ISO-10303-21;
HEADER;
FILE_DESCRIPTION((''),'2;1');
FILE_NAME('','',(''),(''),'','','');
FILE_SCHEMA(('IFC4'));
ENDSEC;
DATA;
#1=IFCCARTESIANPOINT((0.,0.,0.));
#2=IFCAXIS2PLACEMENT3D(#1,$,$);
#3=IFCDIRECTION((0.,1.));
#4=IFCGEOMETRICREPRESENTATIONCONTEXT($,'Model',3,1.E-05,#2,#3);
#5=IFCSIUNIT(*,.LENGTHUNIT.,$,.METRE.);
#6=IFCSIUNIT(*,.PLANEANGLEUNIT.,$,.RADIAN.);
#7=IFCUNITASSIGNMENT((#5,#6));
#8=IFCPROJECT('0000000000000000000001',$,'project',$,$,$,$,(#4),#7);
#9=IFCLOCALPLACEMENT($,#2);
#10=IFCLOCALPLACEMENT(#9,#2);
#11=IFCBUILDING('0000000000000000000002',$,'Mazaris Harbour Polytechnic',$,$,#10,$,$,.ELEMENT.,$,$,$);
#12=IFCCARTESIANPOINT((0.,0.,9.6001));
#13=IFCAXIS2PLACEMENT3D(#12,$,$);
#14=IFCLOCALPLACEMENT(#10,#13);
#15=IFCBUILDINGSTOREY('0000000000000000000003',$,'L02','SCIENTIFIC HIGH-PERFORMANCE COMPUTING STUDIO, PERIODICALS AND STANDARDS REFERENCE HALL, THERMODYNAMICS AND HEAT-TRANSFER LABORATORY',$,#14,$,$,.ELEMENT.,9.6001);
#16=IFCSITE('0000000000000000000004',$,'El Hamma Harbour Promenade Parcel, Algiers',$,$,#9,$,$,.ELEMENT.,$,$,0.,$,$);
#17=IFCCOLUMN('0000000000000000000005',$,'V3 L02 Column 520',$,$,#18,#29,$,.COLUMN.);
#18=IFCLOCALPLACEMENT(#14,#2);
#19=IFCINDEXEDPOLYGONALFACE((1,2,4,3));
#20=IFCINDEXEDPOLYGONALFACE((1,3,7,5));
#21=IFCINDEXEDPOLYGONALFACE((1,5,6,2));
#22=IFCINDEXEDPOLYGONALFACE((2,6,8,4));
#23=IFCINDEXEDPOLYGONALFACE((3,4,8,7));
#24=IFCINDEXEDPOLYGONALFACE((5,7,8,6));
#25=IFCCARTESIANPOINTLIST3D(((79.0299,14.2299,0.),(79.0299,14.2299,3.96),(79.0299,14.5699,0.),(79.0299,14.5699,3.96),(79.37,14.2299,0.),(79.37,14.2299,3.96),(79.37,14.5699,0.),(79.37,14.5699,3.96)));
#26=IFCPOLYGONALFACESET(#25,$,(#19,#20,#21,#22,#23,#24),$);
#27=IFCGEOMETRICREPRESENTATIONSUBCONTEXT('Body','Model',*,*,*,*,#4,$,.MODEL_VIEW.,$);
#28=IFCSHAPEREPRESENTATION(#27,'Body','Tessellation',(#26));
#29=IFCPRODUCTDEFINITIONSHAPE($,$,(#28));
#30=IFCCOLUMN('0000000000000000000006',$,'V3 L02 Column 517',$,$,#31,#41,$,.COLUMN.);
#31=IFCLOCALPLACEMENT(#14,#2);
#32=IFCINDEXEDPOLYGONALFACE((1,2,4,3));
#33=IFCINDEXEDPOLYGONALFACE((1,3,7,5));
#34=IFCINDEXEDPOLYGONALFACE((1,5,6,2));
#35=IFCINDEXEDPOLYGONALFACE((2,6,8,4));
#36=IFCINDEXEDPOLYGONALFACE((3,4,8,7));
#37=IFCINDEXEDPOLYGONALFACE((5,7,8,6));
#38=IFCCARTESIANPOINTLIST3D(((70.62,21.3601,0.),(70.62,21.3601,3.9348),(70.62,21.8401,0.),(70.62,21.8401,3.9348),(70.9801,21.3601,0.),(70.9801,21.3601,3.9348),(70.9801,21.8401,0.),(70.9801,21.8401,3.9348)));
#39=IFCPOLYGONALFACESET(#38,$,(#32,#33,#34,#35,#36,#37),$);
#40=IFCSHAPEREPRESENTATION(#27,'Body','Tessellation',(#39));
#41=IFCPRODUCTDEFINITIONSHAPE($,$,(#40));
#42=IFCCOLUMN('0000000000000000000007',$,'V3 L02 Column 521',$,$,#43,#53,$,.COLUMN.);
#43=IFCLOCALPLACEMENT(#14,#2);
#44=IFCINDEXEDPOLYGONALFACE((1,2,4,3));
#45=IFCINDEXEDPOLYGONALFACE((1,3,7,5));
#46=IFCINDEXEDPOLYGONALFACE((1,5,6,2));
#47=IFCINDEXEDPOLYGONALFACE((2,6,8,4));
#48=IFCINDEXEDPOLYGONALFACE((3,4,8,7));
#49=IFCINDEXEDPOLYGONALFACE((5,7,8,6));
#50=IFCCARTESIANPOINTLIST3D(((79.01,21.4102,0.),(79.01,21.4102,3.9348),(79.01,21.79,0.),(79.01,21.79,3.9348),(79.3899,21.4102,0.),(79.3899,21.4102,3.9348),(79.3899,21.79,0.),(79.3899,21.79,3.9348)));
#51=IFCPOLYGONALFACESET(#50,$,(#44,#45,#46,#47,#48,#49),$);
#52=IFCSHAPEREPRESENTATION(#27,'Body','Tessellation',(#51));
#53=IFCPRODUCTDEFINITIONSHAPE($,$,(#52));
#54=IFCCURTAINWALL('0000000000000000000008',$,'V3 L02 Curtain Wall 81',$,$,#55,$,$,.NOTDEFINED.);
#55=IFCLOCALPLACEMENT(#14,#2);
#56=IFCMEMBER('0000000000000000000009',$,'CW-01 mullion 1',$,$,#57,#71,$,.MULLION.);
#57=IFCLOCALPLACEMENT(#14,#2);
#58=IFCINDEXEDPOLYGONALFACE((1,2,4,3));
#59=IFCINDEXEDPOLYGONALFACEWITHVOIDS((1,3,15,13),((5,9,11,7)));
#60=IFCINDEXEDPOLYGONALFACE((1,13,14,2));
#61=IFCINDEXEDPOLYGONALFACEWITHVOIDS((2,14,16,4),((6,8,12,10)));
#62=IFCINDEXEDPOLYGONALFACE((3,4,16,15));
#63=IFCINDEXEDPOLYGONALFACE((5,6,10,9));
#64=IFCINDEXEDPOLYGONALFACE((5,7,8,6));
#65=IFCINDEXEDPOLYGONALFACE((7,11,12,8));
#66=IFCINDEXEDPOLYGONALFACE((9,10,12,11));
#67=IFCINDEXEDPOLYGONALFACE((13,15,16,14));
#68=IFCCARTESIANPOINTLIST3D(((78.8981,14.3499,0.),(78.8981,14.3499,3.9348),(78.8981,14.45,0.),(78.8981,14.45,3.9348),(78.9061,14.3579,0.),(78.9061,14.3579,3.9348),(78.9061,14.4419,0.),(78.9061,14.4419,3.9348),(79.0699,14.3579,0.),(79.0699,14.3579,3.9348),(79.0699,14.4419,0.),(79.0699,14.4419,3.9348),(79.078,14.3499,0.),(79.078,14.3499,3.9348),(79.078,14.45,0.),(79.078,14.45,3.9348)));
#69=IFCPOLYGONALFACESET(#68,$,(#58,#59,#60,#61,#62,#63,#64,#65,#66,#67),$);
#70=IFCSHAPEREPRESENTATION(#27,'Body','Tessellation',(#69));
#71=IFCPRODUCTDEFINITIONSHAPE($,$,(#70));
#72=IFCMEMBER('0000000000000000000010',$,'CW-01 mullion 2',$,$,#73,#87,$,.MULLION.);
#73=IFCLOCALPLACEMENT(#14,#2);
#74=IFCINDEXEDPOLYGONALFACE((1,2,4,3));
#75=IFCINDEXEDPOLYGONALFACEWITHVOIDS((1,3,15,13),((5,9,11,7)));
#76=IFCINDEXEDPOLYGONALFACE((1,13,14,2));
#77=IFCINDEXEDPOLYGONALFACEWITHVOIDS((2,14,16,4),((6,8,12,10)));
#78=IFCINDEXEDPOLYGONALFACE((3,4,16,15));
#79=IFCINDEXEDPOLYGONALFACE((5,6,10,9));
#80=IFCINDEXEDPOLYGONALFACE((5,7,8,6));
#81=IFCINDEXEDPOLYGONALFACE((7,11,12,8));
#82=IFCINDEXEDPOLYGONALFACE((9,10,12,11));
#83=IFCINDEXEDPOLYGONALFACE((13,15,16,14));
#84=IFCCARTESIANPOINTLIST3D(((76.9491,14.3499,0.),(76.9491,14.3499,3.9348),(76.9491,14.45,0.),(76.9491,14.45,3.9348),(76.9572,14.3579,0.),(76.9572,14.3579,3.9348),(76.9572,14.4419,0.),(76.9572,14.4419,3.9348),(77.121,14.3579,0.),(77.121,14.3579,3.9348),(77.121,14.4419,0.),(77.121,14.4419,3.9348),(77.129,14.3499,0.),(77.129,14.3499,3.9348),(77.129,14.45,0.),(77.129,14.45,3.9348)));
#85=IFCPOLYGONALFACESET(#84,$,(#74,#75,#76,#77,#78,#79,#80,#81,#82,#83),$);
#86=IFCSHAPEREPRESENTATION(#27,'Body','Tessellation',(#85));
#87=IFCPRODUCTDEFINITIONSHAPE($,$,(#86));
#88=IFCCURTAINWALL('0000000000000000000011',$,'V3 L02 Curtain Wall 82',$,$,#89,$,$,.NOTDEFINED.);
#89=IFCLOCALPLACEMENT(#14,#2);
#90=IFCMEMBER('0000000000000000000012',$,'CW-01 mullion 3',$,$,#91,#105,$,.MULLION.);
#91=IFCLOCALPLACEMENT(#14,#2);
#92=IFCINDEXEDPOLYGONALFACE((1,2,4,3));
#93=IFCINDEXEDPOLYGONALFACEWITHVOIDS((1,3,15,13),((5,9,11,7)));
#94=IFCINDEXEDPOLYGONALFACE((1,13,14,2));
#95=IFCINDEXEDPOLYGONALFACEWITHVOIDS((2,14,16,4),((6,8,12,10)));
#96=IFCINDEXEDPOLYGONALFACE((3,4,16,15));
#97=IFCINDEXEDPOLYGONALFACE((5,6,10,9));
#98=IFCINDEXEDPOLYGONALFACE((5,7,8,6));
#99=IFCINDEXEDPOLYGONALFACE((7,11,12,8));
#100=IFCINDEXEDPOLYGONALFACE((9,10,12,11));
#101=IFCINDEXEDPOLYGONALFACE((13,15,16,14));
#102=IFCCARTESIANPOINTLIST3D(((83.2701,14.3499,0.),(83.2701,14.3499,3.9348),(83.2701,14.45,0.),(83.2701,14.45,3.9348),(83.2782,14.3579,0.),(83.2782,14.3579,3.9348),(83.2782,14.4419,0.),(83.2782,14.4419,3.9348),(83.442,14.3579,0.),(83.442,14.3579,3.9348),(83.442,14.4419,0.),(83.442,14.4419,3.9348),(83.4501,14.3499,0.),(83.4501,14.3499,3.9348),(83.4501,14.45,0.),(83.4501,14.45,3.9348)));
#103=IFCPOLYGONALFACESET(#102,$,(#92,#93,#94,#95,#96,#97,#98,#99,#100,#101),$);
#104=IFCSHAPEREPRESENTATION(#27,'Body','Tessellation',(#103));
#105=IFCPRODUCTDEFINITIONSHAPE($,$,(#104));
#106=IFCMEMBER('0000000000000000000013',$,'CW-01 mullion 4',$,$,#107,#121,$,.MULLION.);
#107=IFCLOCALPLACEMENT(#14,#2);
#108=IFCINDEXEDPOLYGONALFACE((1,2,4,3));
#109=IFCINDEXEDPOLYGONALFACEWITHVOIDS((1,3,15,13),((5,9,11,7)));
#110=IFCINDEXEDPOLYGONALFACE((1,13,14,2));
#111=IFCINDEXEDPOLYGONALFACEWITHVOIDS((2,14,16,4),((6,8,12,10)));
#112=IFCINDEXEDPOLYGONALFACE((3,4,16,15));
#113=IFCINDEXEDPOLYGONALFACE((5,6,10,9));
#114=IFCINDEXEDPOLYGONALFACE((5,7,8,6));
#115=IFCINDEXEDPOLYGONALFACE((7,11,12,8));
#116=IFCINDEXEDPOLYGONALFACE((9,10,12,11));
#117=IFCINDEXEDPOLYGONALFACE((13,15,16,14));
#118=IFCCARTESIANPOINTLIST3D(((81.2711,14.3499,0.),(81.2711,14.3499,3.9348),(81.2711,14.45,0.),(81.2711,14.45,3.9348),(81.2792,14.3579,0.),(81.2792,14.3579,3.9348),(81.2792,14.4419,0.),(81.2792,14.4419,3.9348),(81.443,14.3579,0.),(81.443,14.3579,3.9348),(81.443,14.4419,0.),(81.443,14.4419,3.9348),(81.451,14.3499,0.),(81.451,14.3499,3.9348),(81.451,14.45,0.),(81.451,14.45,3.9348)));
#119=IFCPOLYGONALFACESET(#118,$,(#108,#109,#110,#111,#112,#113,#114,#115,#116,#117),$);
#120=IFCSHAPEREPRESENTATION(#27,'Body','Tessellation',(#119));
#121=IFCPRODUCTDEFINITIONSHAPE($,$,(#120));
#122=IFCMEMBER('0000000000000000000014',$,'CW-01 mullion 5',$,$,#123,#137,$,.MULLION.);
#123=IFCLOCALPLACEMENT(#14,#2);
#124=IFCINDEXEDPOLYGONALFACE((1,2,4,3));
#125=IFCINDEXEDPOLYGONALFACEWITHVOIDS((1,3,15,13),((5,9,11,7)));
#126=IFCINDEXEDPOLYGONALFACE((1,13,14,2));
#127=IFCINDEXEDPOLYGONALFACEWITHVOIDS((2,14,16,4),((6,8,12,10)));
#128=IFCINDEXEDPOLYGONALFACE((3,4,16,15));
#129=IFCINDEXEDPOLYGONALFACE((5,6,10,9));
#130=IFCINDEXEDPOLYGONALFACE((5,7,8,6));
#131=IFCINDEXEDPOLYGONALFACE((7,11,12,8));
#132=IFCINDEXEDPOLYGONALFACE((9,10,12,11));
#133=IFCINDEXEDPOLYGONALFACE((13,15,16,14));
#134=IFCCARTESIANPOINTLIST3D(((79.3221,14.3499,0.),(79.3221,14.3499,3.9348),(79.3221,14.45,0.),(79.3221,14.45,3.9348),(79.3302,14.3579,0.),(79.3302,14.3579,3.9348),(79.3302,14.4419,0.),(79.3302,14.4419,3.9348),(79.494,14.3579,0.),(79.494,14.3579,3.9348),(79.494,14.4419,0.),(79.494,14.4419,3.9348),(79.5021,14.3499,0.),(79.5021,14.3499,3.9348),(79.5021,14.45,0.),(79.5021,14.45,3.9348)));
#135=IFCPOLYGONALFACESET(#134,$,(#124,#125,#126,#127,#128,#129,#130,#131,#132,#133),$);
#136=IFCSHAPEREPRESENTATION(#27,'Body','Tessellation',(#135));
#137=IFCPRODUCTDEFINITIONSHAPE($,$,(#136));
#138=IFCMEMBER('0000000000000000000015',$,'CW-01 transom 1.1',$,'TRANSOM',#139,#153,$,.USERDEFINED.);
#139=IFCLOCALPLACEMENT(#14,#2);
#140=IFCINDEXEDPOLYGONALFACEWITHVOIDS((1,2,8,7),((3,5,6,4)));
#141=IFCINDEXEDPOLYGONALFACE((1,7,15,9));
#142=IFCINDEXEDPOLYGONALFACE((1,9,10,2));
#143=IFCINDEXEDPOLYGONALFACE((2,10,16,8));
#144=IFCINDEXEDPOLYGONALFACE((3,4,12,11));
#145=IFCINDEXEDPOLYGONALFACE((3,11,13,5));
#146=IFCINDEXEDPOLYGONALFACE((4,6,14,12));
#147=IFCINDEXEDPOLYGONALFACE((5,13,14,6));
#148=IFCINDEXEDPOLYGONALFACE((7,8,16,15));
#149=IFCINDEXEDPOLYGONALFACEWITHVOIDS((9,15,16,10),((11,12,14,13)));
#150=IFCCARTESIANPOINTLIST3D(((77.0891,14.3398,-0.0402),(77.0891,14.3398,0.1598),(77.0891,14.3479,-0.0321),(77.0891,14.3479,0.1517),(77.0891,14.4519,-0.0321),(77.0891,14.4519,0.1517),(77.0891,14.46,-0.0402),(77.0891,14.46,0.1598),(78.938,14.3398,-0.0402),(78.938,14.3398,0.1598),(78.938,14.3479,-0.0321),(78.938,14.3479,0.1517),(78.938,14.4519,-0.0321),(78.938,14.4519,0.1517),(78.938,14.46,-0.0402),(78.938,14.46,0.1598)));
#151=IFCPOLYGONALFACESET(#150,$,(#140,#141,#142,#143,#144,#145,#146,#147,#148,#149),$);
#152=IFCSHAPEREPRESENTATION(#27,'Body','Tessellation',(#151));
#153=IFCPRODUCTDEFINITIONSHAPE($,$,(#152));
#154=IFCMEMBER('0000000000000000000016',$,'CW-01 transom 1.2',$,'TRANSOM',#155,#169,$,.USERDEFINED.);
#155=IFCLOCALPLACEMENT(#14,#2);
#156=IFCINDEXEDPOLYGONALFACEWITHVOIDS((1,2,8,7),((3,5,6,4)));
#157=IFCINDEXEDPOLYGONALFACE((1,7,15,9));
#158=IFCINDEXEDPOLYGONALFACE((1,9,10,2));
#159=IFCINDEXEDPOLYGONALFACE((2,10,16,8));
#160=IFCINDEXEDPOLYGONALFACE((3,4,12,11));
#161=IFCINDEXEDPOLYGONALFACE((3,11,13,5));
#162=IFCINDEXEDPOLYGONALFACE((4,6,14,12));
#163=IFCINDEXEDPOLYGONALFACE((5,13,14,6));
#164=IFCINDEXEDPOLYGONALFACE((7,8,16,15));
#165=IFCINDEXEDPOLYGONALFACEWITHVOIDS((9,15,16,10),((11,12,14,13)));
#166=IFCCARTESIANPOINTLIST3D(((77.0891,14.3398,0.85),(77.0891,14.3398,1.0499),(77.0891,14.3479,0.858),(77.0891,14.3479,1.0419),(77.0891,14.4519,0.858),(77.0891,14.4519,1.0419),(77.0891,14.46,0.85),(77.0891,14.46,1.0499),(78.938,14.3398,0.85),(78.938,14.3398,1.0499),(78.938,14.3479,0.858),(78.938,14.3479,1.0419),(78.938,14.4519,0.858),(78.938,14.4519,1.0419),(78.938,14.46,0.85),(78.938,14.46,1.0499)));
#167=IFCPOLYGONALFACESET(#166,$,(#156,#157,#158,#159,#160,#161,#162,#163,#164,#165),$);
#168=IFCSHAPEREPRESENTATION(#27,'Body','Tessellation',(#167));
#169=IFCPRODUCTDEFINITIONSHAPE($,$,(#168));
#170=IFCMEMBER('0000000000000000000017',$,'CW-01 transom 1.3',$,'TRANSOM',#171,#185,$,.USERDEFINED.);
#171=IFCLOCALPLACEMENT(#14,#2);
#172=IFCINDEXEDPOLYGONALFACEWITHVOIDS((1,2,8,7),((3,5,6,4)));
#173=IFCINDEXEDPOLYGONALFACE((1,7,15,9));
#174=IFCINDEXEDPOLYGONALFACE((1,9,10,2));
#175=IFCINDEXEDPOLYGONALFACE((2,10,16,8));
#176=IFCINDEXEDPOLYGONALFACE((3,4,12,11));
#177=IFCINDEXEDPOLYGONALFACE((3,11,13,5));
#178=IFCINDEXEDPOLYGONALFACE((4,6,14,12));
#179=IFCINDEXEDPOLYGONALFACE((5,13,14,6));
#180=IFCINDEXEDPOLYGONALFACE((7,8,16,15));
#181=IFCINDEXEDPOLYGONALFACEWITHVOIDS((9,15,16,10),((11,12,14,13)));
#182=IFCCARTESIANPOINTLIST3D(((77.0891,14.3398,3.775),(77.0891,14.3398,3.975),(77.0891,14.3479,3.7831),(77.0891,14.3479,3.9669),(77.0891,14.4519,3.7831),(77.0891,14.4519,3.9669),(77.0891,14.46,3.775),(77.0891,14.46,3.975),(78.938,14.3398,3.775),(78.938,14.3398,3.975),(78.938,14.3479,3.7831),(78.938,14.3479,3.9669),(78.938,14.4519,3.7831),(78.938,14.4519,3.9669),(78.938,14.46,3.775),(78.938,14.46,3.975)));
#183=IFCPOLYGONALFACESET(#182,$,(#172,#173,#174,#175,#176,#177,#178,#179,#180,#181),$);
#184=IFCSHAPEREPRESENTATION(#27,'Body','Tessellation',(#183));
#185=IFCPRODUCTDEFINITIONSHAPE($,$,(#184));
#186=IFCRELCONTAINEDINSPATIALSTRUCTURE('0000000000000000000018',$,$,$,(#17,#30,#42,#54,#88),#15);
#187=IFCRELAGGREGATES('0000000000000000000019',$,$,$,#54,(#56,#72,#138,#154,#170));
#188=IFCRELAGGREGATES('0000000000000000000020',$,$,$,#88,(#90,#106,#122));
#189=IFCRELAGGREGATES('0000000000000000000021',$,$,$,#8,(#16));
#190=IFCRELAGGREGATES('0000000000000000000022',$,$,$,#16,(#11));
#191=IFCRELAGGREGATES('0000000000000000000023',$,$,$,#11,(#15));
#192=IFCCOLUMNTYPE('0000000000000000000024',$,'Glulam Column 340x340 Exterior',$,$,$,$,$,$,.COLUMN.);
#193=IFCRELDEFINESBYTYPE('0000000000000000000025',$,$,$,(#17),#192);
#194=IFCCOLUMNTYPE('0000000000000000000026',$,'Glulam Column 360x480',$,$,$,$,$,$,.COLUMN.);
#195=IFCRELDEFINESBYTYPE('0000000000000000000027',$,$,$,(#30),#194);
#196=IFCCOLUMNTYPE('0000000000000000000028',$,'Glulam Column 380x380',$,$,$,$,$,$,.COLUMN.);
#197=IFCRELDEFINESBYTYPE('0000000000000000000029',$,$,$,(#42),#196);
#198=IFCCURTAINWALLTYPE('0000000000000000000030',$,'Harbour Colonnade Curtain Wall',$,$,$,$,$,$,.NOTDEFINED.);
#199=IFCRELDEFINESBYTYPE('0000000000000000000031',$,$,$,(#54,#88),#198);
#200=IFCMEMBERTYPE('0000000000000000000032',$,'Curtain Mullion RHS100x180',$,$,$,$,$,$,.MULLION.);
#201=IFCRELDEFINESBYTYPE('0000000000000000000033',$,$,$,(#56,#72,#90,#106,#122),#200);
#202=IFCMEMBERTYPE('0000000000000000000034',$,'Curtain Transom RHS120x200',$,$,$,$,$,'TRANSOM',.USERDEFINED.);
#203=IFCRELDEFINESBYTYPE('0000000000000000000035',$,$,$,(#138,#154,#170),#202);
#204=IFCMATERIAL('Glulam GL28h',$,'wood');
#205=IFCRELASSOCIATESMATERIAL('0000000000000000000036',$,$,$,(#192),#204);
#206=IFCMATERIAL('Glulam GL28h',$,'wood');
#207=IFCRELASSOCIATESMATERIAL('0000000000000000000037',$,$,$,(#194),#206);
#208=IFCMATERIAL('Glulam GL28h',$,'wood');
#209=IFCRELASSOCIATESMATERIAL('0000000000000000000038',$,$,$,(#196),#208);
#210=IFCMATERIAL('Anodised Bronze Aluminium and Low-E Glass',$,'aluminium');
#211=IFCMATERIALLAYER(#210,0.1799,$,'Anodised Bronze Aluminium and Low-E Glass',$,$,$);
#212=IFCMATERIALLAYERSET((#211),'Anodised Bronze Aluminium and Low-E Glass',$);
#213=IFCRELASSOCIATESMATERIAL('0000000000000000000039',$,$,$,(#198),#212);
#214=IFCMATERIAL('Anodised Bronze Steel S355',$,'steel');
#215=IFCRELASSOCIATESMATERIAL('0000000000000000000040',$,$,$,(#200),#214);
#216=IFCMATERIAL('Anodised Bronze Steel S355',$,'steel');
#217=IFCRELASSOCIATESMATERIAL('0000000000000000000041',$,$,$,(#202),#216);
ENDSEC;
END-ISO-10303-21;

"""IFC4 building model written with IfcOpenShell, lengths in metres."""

from ifc_helpers import new_model, si_unit, direction, frame, origin, origin_2d, place, context, subcontext, project, spatial, rectangle, hollow_rectangle, extrude, material, layer, layer_set, material_profile, profile_set, type_object, element, aggregate, save


model = new_model("IFC4")

# Units and contexts
model_context = context("Model", 3, precision=1e-05, world=origin(), true_north=direction((0.0, 1.0)))
body_context = subcontext(model_context, "Body", "Model", "MODEL_VIEW")
ifc_project = project(units=[si_unit("LENGTHUNIT", "METRE"), si_unit("PLANEANGLEUNIT", "RADIAN")], contexts=[model_context])

# Site, building, storey
site_placement = place(None, origin())
site = spatial("IfcSite", under=ifc_project, at=site_placement, Name="El Hamma Harbour Promenade Parcel, Algiers", CompositionType="ELEMENT", RefElevation=0.0)
building_placement = place(site_placement, origin())
building = spatial("IfcBuilding", under=site, at=building_placement, Name="Mazaris Harbour Polytechnic", CompositionType="ELEMENT")
storey_placement = place(building_placement, frame((0.0, 0.0, 9.6001)))
storey = spatial("IfcBuildingStorey", under=building, at=storey_placement, Name="L02", Description="SCIENTIFIC HIGH-PERFORMANCE COMPUTING STUDIO, PERIODICALS AND STANDARDS REFERENCE HALL, THERMODYNAMICS AND HEAT-TRANSFER LABORATORY", CompositionType="ELEMENT", Elevation=9.6001)

# Columns
ifc_material_1 = material(Name="Glulam GL28h", Category="wood")
ifc_material_profile_1 = material_profile(ifc_material_1, rectangle(XDim=0.3401, YDim=0.3401, at=origin_2d()), Name="RECT340x340")
ifc_profile_set_1 = profile_set([ifc_material_profile_1], Name="Glulam GL28h")
column_type_1 = type_object("IfcColumnType", Name="Glulam Column 340x340 Exterior", PredefinedType="COLUMN", material=ifc_profile_set_1)
column_1_placement = place(storey_placement, frame((79.2, 14.3999, 0.0), z_axis=(0.0, 0.0, 1.0), x_axis=(1.0, 0.0, 0.0)))
element("IfcColumn", 1, at=column_1_placement, inside=storey, type_object=column_type_1, Name="V3 L02 Column 520", PredefinedType="COLUMN", context=body_context, shape_type="SweptSolid", body=[
    extrude(rectangle(XDim=0.3401, YDim=0.3401, at=origin_2d()), origin(), (0.0, 0.0, 1.0), 3.96),
])
ifc_material_2 = material(Name="Glulam GL28h", Category="wood")
ifc_material_profile_2 = material_profile(ifc_material_2, rectangle(XDim=0.3601, YDim=0.48, at=origin_2d()), Name="RECT360x480")
ifc_profile_set_2 = profile_set([ifc_material_profile_2], Name="Glulam GL28h")
column_type_2 = type_object("IfcColumnType", Name="Glulam Column 360x480", PredefinedType="COLUMN", material=ifc_profile_set_2)
column_2_placement = place(storey_placement, frame((70.8, 21.6001, 0.0), z_axis=(0.0, 0.0, 1.0), x_axis=(1.0, 0.0, 0.0)))
element("IfcColumn", 2, at=column_2_placement, inside=storey, type_object=column_type_2, Name="V3 L02 Column 517", PredefinedType="COLUMN", context=body_context, shape_type="SweptSolid", body=[
    extrude(rectangle(XDim=0.3601, YDim=0.48, at=origin_2d()), origin(), (0.0, 0.0, 1.0), 3.9348),
])
ifc_material_3 = material(Name="Glulam GL28h", Category="wood")
ifc_material_profile_3 = material_profile(ifc_material_3, rectangle(XDim=0.3799, YDim=0.3799, at=origin_2d()), Name="RECT380x380")
ifc_profile_set_3 = profile_set([ifc_material_profile_3], Name="Glulam GL28h")
column_type_3 = type_object("IfcColumnType", Name="Glulam Column 380x380", PredefinedType="COLUMN", material=ifc_profile_set_3)
column_3_placement = place(storey_placement, frame((79.2, 21.6001, 0.0), z_axis=(0.0, 0.0, 1.0), x_axis=(1.0, 0.0, 0.0)))
element("IfcColumn", 3, at=column_3_placement, inside=storey, type_object=column_type_3, Name="V3 L02 Column 521", PredefinedType="COLUMN", context=body_context, shape_type="SweptSolid", body=[
    extrude(rectangle(XDim=0.3799, YDim=0.3799, at=origin_2d()), origin(), (0.0, 0.0, 1.0), 3.9348),
])

# Curtain walls, members
ifc_material_4 = material(Name="Anodised Bronze Aluminium and Low-E Glass", Category="aluminium")
ifc_layer_1 = layer(ifc_material_4, 0.1799, Name="Anodised Bronze Aluminium and Low-E Glass")
ifc_layer_set_1 = layer_set([ifc_layer_1], Name="Anodised Bronze Aluminium and Low-E Glass")
curtain_wall_type = type_object("IfcCurtainWallType", Name="Harbour Colonnade Curtain Wall", PredefinedType="NOTDEFINED", material=ifc_layer_set_1)
curtain_wall_1_placement = place(storey_placement, origin())
curtain_wall_1 = element("IfcCurtainWall", 4, at=curtain_wall_1_placement, inside=storey, type_object=curtain_wall_type, Name="V3 L02 Curtain Wall 81", PredefinedType="NOTDEFINED")
ifc_material_5 = material(Name="Anodised Bronze Steel S355", Category="steel")
ifc_material_profile_4 = material_profile(ifc_material_5, hollow_rectangle(XDim=0.1001, YDim=0.1799, WallThickness=0.0081, at=origin_2d()), Name="RHS 100x180x8.0")
ifc_profile_set_4 = profile_set([ifc_material_profile_4], Name="Anodised Bronze Steel S355")
member_type_1 = type_object("IfcMemberType", Name="Curtain Mullion RHS100x180", PredefinedType="MULLION", material=ifc_profile_set_4)
member_1_placement = place(storey_placement, frame((78.988, 14.3999, 0.0), z_axis=(0.0, 0.0, 1.0), x_axis=(0.0, -1.0, 0.0)))
member_1 = element("IfcMember", 5, at=member_1_placement, type_object=member_type_1, Name="CW-01 mullion 1", PredefinedType="MULLION", context=body_context, shape_type="SweptSolid", body=[
    extrude(hollow_rectangle(XDim=0.1001, YDim=0.1799, WallThickness=0.0081, at=origin_2d()), origin(), (0.0, 0.0, 1.0), 3.9348),
])
member_2_placement = place(storey_placement, frame((77.0391, 14.3999, 0.0), z_axis=(0.0, 0.0, 1.0), x_axis=(0.0, -1.0, 0.0)))
member_2 = element("IfcMember", 6, at=member_2_placement, type_object=member_type_1, Name="CW-01 mullion 2", PredefinedType="MULLION", context=body_context, shape_type="SweptSolid", body=[
    extrude(hollow_rectangle(XDim=0.1001, YDim=0.1799, WallThickness=0.0081, at=origin_2d()), origin(), (0.0, 0.0, 1.0), 3.9348),
])
curtain_wall_2_placement = place(storey_placement, origin())
curtain_wall_2 = element("IfcCurtainWall", 7, at=curtain_wall_2_placement, inside=storey, type_object=curtain_wall_type, Name="V3 L02 Curtain Wall 82", PredefinedType="NOTDEFINED")
member_3_placement = place(storey_placement, frame((83.3601, 14.3999, 0.0), z_axis=(0.0, 0.0, 1.0), x_axis=(0.0, -1.0, 0.0)))
member_3 = element("IfcMember", 8, at=member_3_placement, type_object=member_type_1, Name="CW-01 mullion 3", PredefinedType="MULLION", context=body_context, shape_type="SweptSolid", body=[
    extrude(hollow_rectangle(XDim=0.1001, YDim=0.1799, WallThickness=0.0081, at=origin_2d()), origin(), (0.0, 0.0, 1.0), 3.9348),
])
member_4_placement = place(storey_placement, frame((81.3611, 14.3999, 0.0), z_axis=(0.0, 0.0, 1.0), x_axis=(0.0, -1.0, 0.0)))
member_4 = element("IfcMember", 9, at=member_4_placement, type_object=member_type_1, Name="CW-01 mullion 4", PredefinedType="MULLION", context=body_context, shape_type="SweptSolid", body=[
    extrude(hollow_rectangle(XDim=0.1001, YDim=0.1799, WallThickness=0.0081, at=origin_2d()), origin(), (0.0, 0.0, 1.0), 3.9348),
])
member_5_placement = place(storey_placement, frame((79.4121, 14.3999, 0.0), z_axis=(0.0, 0.0, 1.0), x_axis=(0.0, -1.0, 0.0)))
member_5 = element("IfcMember", 10, at=member_5_placement, type_object=member_type_1, Name="CW-01 mullion 5", PredefinedType="MULLION", context=body_context, shape_type="SweptSolid", body=[
    extrude(hollow_rectangle(XDim=0.1001, YDim=0.1799, WallThickness=0.0081, at=origin_2d()), origin(), (0.0, 0.0, 1.0), 3.9348),
])

# Members
ifc_material_6 = material(Name="Anodised Bronze Steel S355", Category="steel")
ifc_material_profile_5 = material_profile(ifc_material_6, hollow_rectangle(XDim=0.1201, YDim=0.2, WallThickness=0.0081, at=origin_2d()), Name="RHS 120x200x8.0")
ifc_profile_set_5 = profile_set([ifc_material_profile_5], Name="Anodised Bronze Steel S355")
member_type_2 = type_object("IfcMemberType", Name="Curtain Transom RHS120x200", ElementType="TRANSOM", PredefinedType="USERDEFINED", material=ifc_profile_set_5)
member_6_placement = place(storey_placement, frame((78.938, 14.3999, 0.0598), z_axis=(-1.0, 0.0, 0.0), x_axis=(0.0, -1.0, 0.0)))
member_6 = element("IfcMember", 11, at=member_6_placement, type_object=member_type_2, Name="CW-01 transom 1.1", ObjectType="TRANSOM", PredefinedType="USERDEFINED", context=body_context, shape_type="SweptSolid", body=[
    extrude(hollow_rectangle(XDim=0.1201, YDim=0.2, WallThickness=0.0081, at=origin_2d()), origin(), (0.0, 0.0, 1.0), 1.8489),
])
member_7_placement = place(storey_placement, frame((78.938, 14.3999, 0.95), z_axis=(-1.0, 0.0, 0.0), x_axis=(0.0, -1.0, 0.0)))
member_7 = element("IfcMember", 12, at=member_7_placement, type_object=member_type_2, Name="CW-01 transom 1.2", ObjectType="TRANSOM", PredefinedType="USERDEFINED", context=body_context, shape_type="SweptSolid", body=[
    extrude(hollow_rectangle(XDim=0.1201, YDim=0.2, WallThickness=0.0081, at=origin_2d()), origin(), (0.0, 0.0, 1.0), 1.8489),
])
member_8_placement = place(storey_placement, frame((78.938, 14.3999, 3.875), z_axis=(-1.0, 0.0, 0.0), x_axis=(0.0, -1.0, 0.0)))
member_8 = element("IfcMember", 13, at=member_8_placement, type_object=member_type_2, Name="CW-01 transom 1.3", ObjectType="TRANSOM", PredefinedType="USERDEFINED", context=body_context, shape_type="SweptSolid", body=[
    extrude(hollow_rectangle(XDim=0.1201, YDim=0.2, WallThickness=0.0081, at=origin_2d()), origin(), (0.0, 0.0, 1.0), 1.8489),
])

aggregate(curtain_wall_1, [member_1, member_2, member_6, member_7, member_8])
aggregate(curtain_wall_2, [member_3, member_4, member_5])

save(model, "model.ifc")
